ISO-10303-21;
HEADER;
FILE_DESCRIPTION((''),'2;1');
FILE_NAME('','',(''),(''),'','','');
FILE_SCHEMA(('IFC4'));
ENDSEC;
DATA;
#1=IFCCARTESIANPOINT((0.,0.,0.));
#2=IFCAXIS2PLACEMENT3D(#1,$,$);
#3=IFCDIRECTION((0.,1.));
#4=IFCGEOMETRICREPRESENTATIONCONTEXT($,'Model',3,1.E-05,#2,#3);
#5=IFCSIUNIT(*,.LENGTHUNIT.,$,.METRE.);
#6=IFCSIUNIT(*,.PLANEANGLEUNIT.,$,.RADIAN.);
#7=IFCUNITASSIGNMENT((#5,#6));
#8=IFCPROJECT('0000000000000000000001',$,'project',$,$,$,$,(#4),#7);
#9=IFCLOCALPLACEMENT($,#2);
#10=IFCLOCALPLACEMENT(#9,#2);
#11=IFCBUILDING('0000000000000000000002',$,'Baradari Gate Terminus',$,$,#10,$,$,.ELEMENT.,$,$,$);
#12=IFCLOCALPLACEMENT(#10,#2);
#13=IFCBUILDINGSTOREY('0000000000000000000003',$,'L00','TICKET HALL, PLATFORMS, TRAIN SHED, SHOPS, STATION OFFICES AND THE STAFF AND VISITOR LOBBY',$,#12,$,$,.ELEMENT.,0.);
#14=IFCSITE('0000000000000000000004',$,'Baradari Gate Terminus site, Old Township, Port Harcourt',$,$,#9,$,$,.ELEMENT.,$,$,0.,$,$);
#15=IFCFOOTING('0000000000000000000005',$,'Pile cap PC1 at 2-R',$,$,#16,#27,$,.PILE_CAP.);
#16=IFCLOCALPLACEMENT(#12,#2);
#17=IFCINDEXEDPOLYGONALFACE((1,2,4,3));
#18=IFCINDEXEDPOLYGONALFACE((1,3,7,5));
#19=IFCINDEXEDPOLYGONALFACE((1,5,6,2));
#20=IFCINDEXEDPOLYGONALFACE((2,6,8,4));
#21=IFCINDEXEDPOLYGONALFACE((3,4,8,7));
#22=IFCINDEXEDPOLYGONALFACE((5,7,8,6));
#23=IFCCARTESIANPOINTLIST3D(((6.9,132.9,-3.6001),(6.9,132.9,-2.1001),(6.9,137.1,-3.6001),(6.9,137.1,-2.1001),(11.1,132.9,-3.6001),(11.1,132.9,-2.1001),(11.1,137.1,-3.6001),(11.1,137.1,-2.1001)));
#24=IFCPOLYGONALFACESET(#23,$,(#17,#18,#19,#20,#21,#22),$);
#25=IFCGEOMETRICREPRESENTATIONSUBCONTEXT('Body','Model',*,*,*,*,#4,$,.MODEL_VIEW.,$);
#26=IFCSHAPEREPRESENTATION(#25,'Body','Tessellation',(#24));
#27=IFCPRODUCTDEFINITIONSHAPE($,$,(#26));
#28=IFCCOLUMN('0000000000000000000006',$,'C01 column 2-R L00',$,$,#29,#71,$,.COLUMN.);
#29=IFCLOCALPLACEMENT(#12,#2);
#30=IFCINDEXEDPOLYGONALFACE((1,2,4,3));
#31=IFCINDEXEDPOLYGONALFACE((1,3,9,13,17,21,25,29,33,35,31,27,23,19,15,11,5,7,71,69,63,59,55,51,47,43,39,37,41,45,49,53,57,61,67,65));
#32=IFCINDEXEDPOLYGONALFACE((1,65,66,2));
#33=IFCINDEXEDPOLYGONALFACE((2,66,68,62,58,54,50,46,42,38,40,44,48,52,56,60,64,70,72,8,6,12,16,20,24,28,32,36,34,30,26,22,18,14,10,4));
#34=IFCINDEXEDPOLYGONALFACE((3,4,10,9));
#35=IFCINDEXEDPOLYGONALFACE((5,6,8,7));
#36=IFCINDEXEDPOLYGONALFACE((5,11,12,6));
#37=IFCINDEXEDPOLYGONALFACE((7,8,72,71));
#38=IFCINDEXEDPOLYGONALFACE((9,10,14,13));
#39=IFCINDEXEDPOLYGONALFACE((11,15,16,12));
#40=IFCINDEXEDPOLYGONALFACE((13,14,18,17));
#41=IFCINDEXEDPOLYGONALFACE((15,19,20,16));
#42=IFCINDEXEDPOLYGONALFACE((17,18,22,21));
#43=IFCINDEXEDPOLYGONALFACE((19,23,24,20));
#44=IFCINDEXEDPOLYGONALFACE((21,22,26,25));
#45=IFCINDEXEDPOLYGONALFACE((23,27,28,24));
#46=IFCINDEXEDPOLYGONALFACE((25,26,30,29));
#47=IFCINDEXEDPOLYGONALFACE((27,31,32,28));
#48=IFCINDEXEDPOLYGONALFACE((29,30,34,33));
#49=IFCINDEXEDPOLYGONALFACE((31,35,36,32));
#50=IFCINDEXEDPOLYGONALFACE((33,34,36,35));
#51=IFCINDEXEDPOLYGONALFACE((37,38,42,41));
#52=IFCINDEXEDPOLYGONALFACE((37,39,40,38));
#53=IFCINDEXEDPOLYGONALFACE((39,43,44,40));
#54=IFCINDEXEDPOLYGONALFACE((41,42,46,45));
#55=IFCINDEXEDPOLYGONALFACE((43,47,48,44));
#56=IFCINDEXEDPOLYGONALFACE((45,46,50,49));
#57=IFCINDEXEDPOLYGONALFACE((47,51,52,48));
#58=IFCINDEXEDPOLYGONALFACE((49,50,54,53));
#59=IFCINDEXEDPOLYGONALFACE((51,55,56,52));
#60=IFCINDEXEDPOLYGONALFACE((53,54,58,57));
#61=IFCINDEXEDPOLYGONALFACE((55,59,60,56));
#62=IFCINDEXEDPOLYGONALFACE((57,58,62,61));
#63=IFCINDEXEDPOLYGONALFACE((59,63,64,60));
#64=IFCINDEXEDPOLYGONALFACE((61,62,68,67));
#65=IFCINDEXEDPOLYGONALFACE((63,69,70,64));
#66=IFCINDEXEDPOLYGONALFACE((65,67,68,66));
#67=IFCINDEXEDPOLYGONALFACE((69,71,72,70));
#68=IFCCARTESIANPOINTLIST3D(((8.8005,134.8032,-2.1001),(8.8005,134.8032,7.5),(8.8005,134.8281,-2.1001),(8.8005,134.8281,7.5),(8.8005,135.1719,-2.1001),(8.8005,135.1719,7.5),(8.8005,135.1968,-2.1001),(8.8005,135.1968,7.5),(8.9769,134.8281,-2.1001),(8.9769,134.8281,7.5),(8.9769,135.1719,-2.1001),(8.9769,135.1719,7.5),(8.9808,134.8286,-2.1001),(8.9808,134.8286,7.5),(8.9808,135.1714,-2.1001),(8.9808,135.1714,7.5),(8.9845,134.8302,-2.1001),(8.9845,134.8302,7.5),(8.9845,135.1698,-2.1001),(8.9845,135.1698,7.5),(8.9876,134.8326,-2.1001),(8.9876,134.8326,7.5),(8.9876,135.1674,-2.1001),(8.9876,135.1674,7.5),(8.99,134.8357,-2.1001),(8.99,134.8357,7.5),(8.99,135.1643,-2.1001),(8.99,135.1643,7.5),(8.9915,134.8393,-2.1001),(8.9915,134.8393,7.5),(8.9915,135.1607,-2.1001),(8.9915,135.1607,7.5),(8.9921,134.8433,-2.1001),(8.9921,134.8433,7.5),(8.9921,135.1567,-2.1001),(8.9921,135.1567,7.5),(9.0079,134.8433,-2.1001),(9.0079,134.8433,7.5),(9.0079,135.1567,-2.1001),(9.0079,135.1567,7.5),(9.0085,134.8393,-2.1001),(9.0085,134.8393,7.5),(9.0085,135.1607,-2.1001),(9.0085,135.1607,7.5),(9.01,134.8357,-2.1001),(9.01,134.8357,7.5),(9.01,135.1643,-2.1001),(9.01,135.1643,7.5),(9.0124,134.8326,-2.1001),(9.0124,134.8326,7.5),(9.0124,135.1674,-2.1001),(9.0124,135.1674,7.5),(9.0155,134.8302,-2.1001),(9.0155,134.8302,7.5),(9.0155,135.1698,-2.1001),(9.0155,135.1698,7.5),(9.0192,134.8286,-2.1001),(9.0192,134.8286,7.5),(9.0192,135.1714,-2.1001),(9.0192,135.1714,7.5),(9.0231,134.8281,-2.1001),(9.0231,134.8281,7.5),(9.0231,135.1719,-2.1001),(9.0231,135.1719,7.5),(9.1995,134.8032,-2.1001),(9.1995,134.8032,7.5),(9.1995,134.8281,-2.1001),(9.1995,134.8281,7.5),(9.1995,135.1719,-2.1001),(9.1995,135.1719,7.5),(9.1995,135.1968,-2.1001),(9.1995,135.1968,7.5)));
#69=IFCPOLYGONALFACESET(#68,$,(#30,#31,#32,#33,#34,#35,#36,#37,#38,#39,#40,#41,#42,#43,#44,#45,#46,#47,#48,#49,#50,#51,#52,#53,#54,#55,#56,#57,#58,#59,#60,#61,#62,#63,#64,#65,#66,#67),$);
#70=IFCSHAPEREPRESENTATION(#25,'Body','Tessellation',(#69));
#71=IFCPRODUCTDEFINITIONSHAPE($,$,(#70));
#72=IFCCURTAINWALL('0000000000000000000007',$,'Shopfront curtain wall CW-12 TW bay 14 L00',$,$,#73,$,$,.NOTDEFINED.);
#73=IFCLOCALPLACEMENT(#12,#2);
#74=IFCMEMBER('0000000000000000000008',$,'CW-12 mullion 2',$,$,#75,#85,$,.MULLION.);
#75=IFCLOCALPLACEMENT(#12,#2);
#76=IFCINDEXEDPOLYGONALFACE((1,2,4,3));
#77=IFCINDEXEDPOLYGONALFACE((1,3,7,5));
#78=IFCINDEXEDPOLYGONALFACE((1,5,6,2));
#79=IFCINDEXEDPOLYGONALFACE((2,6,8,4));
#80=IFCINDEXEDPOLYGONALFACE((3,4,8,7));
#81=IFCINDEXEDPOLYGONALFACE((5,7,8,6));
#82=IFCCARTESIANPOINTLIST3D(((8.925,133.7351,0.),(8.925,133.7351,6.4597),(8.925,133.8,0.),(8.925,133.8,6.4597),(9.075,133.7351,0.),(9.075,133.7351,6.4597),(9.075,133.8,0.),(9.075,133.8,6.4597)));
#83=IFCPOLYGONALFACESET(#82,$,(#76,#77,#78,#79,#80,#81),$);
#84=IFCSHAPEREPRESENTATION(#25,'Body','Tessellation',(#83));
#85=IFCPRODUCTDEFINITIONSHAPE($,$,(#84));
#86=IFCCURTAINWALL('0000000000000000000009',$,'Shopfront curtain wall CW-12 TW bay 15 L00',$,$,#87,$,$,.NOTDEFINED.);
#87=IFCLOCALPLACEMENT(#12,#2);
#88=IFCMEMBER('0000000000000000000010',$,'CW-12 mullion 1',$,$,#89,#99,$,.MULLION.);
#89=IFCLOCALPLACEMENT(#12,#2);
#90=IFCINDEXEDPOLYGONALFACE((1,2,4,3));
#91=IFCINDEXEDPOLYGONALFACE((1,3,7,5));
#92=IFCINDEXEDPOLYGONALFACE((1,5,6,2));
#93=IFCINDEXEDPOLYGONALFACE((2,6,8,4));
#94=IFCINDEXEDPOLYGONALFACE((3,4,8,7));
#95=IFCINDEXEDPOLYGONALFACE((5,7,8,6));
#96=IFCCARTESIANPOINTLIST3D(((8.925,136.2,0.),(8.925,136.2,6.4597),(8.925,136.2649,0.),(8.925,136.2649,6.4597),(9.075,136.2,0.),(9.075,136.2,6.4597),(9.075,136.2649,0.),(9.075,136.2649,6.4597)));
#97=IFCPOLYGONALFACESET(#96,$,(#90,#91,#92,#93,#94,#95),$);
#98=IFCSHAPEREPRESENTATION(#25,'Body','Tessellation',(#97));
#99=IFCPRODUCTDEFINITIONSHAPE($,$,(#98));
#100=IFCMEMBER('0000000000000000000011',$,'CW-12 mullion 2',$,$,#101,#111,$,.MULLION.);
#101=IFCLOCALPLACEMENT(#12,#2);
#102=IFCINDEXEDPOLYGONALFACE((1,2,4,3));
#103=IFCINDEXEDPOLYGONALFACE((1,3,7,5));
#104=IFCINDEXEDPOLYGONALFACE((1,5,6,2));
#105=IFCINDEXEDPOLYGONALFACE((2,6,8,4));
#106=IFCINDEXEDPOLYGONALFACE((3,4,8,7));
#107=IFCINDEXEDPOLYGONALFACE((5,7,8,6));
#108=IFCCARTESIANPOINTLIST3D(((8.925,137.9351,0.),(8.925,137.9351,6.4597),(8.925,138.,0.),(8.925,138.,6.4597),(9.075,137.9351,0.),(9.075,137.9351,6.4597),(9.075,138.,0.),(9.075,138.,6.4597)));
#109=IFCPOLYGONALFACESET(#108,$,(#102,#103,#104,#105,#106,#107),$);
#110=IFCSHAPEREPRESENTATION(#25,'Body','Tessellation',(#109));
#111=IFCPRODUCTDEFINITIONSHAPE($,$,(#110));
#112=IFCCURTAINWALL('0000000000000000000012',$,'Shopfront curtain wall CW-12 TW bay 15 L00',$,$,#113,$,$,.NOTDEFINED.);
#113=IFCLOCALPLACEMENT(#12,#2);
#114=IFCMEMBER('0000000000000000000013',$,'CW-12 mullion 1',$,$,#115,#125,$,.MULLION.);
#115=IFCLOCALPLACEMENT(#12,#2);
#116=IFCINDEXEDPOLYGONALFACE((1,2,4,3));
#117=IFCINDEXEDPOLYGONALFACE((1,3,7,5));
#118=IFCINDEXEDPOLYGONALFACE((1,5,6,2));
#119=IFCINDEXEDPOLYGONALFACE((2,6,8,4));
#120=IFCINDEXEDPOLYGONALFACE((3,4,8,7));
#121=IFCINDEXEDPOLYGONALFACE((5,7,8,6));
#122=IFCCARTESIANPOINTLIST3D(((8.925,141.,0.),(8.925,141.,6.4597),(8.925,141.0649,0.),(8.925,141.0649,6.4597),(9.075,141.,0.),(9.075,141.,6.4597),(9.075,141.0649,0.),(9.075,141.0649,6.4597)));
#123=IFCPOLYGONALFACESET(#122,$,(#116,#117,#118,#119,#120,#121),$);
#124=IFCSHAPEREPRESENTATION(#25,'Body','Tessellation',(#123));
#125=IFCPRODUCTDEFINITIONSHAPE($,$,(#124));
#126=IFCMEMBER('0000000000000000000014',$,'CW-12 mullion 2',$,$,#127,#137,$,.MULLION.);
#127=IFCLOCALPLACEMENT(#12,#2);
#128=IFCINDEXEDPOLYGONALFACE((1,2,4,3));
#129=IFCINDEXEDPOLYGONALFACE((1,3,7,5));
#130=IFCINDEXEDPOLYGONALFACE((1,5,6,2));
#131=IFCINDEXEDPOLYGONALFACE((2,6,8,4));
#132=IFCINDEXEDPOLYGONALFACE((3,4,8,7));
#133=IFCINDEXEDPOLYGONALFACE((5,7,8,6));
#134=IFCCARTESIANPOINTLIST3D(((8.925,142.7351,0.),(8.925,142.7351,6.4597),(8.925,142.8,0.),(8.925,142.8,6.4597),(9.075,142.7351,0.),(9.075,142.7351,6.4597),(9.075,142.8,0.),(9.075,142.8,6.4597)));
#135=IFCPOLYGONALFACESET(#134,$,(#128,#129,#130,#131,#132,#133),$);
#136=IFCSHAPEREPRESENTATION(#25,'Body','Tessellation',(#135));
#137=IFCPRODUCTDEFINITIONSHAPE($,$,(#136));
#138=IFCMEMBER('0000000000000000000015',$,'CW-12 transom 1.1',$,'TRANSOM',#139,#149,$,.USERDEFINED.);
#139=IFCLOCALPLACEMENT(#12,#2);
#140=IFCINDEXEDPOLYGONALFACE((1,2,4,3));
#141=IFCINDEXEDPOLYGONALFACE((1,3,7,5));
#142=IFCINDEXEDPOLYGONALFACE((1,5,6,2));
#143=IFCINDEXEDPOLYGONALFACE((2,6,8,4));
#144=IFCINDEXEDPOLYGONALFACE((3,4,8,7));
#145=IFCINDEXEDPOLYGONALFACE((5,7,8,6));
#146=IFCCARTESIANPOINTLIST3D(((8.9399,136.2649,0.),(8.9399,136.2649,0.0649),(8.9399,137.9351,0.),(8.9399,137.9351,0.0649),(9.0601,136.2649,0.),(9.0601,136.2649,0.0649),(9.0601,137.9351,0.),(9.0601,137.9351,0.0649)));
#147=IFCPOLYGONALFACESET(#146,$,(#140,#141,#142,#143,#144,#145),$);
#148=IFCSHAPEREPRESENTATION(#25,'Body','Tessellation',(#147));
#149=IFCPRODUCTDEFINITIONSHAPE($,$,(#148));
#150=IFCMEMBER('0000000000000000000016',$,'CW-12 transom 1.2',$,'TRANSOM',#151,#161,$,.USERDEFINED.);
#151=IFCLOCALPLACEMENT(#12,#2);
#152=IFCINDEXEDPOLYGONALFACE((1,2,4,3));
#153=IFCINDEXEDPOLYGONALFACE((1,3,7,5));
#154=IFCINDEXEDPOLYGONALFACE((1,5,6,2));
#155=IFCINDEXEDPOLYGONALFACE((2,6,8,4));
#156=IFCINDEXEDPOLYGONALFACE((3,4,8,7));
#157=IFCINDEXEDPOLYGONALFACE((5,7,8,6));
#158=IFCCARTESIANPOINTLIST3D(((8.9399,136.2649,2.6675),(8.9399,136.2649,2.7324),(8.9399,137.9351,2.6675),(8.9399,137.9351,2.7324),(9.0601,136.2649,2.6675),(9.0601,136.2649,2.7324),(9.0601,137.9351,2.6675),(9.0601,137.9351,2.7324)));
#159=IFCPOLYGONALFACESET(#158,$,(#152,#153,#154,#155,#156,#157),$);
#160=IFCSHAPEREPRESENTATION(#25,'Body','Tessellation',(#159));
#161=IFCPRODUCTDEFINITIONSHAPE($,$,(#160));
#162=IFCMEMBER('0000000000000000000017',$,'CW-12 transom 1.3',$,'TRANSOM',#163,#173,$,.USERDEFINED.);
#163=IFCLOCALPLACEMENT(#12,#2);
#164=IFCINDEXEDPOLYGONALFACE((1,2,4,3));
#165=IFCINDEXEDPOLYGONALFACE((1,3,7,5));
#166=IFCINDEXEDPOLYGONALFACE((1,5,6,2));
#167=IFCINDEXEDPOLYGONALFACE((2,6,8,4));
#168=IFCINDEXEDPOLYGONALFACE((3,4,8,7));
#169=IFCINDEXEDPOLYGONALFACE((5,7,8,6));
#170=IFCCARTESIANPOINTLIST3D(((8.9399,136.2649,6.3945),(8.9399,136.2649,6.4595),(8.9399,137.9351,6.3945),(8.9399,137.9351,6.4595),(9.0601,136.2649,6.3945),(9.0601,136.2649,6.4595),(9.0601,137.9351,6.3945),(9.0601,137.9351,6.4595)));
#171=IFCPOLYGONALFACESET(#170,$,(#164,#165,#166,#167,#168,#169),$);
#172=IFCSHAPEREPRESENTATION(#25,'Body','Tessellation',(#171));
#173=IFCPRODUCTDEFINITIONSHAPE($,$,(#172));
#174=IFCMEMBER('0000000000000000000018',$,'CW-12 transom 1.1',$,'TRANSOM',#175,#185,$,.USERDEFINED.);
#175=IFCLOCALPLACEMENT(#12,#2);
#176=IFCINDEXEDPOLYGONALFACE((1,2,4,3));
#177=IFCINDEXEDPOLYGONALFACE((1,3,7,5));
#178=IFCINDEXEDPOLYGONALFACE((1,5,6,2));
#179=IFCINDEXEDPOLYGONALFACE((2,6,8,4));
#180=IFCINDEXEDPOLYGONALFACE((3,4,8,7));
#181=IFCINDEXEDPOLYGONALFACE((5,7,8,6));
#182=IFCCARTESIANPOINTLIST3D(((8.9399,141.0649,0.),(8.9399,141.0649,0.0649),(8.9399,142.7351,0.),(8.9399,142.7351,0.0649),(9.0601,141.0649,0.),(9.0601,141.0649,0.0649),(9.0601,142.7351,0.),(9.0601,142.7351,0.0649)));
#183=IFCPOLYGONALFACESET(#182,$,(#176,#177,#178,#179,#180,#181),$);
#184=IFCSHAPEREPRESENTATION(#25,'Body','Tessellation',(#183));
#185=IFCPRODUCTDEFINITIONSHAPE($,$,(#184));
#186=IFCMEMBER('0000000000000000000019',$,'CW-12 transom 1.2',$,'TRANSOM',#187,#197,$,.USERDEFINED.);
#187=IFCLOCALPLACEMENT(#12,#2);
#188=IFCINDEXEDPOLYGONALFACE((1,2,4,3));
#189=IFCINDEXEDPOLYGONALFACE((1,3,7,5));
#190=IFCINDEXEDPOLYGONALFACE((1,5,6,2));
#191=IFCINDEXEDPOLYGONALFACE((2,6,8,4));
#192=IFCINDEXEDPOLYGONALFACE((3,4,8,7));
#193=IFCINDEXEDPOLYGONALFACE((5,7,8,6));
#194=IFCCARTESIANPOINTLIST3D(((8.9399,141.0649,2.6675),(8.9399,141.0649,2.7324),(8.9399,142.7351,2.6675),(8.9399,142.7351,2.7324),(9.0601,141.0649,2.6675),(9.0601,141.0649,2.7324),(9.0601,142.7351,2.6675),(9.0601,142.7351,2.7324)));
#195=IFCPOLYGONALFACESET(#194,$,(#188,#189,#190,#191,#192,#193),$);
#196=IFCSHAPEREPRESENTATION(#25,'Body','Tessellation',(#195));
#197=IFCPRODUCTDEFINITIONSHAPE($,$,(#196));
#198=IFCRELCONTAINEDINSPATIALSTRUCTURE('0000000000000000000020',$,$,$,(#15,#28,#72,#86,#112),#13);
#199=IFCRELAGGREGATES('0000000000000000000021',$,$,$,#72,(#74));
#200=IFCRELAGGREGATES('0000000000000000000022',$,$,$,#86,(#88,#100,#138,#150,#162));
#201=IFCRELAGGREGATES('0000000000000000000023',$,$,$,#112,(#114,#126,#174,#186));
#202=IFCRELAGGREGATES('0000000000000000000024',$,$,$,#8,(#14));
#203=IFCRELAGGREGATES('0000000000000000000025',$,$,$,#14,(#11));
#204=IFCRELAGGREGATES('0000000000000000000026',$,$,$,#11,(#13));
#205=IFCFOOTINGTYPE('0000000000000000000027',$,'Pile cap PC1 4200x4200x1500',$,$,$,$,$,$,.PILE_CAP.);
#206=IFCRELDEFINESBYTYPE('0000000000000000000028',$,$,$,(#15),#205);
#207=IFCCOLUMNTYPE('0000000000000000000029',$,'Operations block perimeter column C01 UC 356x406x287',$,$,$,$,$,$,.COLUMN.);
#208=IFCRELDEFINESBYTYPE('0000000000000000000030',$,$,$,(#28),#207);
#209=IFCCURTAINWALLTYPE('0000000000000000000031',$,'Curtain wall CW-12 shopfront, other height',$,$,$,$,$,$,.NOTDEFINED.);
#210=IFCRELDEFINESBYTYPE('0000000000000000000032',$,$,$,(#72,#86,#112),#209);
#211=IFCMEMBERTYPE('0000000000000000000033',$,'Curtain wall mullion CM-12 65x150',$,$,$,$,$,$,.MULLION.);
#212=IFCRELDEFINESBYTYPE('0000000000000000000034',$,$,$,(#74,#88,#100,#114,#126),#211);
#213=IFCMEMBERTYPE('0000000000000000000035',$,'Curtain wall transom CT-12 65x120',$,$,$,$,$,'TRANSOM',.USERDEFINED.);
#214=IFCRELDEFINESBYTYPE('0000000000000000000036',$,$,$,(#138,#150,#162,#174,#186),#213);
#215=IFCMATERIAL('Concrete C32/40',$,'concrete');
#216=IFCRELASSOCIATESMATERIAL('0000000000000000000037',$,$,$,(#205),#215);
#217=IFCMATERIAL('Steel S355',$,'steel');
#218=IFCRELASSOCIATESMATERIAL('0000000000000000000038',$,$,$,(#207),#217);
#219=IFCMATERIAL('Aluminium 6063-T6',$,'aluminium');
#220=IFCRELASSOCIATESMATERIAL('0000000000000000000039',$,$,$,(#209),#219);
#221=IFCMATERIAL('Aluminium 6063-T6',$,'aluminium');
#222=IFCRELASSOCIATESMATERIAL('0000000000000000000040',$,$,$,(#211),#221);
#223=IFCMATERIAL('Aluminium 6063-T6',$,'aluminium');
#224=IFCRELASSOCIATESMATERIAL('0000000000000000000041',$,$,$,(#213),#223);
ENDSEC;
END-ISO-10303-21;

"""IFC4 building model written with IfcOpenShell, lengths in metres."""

from ifc_helpers import new_model, si_unit, direction, frame, origin, origin_2d, place, context, subcontext, project, spatial, rectangle, i_section, extrude, material, material_profile, profile_set, type_object, element, aggregate, save


model = new_model("IFC4")

# Units and contexts
model_context = context("Model", 3, precision=1e-05, world=origin(), true_north=direction((0.0, 1.0)))
body_context = subcontext(model_context, "Body", "Model", "MODEL_VIEW")
ifc_project = project(units=[si_unit("LENGTHUNIT", "METRE"), si_unit("PLANEANGLEUNIT", "RADIAN")], contexts=[model_context])

# Site, building, storey
site_placement = place(None, origin())
site = spatial("IfcSite", under=ifc_project, at=site_placement, Name="Baradari Gate Terminus site, Old Township, Port Harcourt", CompositionType="ELEMENT", RefElevation=0.0)
building_placement = place(site_placement, origin())
building = spatial("IfcBuilding", under=site, at=building_placement, Name="Baradari Gate Terminus", CompositionType="ELEMENT")
storey_placement = place(building_placement, origin())
storey = spatial("IfcBuildingStorey", under=building, at=storey_placement, Name="L00", Description="TICKET HALL, PLATFORMS, TRAIN SHED, SHOPS, STATION OFFICES AND THE STAFF AND VISITOR LOBBY", CompositionType="ELEMENT", Elevation=0.0)

# Footing
ifc_material_1 = material(Name="Concrete C32/40", Category="concrete")
footing_type_1 = type_object("IfcFootingType", Name="Pile cap PC1 4200x4200x1500", PredefinedType="PILE_CAP", material=ifc_material_1)
footing_1_placement = place(storey_placement, frame((9.0, 135.0, -3.6001), z_axis=(0.0, 0.0, 1.0), x_axis=(1.0, 0.0, 0.0)))
element("IfcFooting", 1, at=footing_1_placement, inside=storey, type_object=footing_type_1, Name="Pile cap PC1 at 2-R", PredefinedType="PILE_CAP", context=body_context, shape_type="SweptSolid", body=[
    extrude(rectangle(XDim=4.2, YDim=4.2, at=origin_2d()), origin(), (0.0, 0.0, 1.0), 1.5),
])

# Column
ifc_material_2 = material(Name="Steel S355", Category="steel")
ifc_material_profile_1 = material_profile(ifc_material_2, i_section(OverallWidth=0.3989, OverallDepth=0.3936, WebThickness=0.0159, FlangeThickness=0.0249, FilletRadius=0.0151, at=origin_2d()), Name="UC 356x406x287")
ifc_profile_set_1 = profile_set([ifc_material_profile_1], Name="Steel S355")
column_type = type_object("IfcColumnType", Name="Operations block perimeter column C01 UC 356x406x287", PredefinedType="COLUMN", material=ifc_profile_set_1)
column_placement = place(storey_placement, frame((9.0, 135.0, -2.1001), z_axis=(0.0, 0.0, 1.0), x_axis=(1.0, 0.0, 0.0)))
element("IfcColumn", 2, at=column_placement, inside=storey, type_object=column_type, Name="C01 column 2-R L00", PredefinedType="COLUMN", context=body_context, shape_type="SweptSolid", body=[
    extrude(i_section(OverallWidth=0.3989, OverallDepth=0.3936, WebThickness=0.0159, FlangeThickness=0.0249, FilletRadius=0.0151, at=origin_2d()), origin(), (0.0, 0.0, 1.0), 9.6001),
])

# Curtain wall, member
ifc_material_3 = material(Name="Aluminium 6063-T6", Category="aluminium")
curtain_wall_type = type_object("IfcCurtainWallType", Name="Curtain wall CW-12 shopfront, other height", PredefinedType="NOTDEFINED", material=ifc_material_3)
curtain_wall_1_placement = place(storey_placement, origin())
curtain_wall_1 = element("IfcCurtainWall", 3, at=curtain_wall_1_placement, inside=storey, type_object=curtain_wall_type, Name="Shopfront curtain wall CW-12 TW bay 14 L00", PredefinedType="NOTDEFINED")
ifc_material_4 = material(Name="Aluminium 6063-T6", Category="aluminium")
ifc_material_profile_2 = material_profile(ifc_material_4, rectangle(XDim=0.1499, YDim=0.0649, at=origin_2d()), Name="CM-12 65X150")
ifc_profile_set_2 = profile_set([ifc_material_profile_2], Name="Aluminium 6063-T6")
member_type_1 = type_object("IfcMemberType", Name="Curtain wall mullion CM-12 65x150", PredefinedType="MULLION", material=ifc_profile_set_2)
member_1_placement = place(storey_placement, frame((9.0, 133.7676, 0.0), z_axis=(0.0, 0.0, 1.0), x_axis=(-1.0, 0.0, 0.0)))
member_1 = element("IfcMember", 4, at=member_1_placement, type_object=member_type_1, Name="CW-12 mullion 2", PredefinedType="MULLION", context=body_context, shape_type="SweptSolid", body=[
    extrude(rectangle(XDim=0.1499, YDim=0.0649, at=origin_2d()), origin(), (0.0, 0.0, 1.0), 6.4597),
])
aggregate(curtain_wall_1, [member_1])

# Curtain walls, members
curtain_wall_2_placement = place(storey_placement, origin())
curtain_wall_2 = element("IfcCurtainWall", 5, at=curtain_wall_2_placement, inside=storey, type_object=curtain_wall_type, Name="Shopfront curtain wall CW-12 TW bay 15 L00", PredefinedType="NOTDEFINED")
member_2_placement = place(storey_placement, frame((9.0, 136.2324, 0.0), z_axis=(0.0, 0.0, 1.0), x_axis=(-1.0, 0.0, 0.0)))
member_2 = element("IfcMember", 6, at=member_2_placement, type_object=member_type_1, Name="CW-12 mullion 1", PredefinedType="MULLION", context=body_context, shape_type="SweptSolid", body=[
    extrude(rectangle(XDim=0.1499, YDim=0.0649, at=origin_2d()), origin(), (0.0, 0.0, 1.0), 6.4597),
])
member_3_placement = place(storey_placement, frame((9.0, 137.9675, 0.0), z_axis=(0.0, 0.0, 1.0), x_axis=(-1.0, 0.0, 0.0)))
member_3 = element("IfcMember", 7, at=member_3_placement, type_object=member_type_1, Name="CW-12 mullion 2", PredefinedType="MULLION", context=body_context, shape_type="SweptSolid", body=[
    extrude(rectangle(XDim=0.1499, YDim=0.0649, at=origin_2d()), origin(), (0.0, 0.0, 1.0), 6.4597),
])
curtain_wall_3_placement = place(storey_placement, origin())
curtain_wall_3 = element("IfcCurtainWall", 8, at=curtain_wall_3_placement, inside=storey, type_object=curtain_wall_type, Name="Shopfront curtain wall CW-12 TW bay 15 L00", PredefinedType="NOTDEFINED")
member_4_placement = place(storey_placement, frame((9.0, 141.0325, 0.0), z_axis=(0.0, 0.0, 1.0), x_axis=(-1.0, 0.0, 0.0)))
member_4 = element("IfcMember", 9, at=member_4_placement, type_object=member_type_1, Name="CW-12 mullion 1", PredefinedType="MULLION", context=body_context, shape_type="SweptSolid", body=[
    extrude(rectangle(XDim=0.1499, YDim=0.0649, at=origin_2d()), origin(), (0.0, 0.0, 1.0), 6.4597),
])
member_5_placement = place(storey_placement, frame((9.0, 142.7676, 0.0), z_axis=(0.0, 0.0, 1.0), x_axis=(-1.0, 0.0, 0.0)))
member_5 = element("IfcMember", 10, at=member_5_placement, type_object=member_type_1, Name="CW-12 mullion 2", PredefinedType="MULLION", context=body_context, shape_type="SweptSolid", body=[
    extrude(rectangle(XDim=0.1499, YDim=0.0649, at=origin_2d()), origin(), (0.0, 0.0, 1.0), 6.4597),
])

# Members
ifc_material_5 = material(Name="Aluminium 6063-T6", Category="aluminium")
ifc_material_profile_3 = material_profile(ifc_material_5, rectangle(XDim=0.1201, YDim=0.0649, at=origin_2d()), Name="CT-12 65X120")
ifc_profile_set_3 = profile_set([ifc_material_profile_3], Name="Aluminium 6063-T6")
member_type_2 = type_object("IfcMemberType", Name="Curtain wall transom CT-12 65x120", ElementType="TRANSOM", PredefinedType="USERDEFINED", material=ifc_profile_set_3)
member_6_placement = place(storey_placement, frame((9.0, 136.2649, 0.0325), z_axis=(0.0, 1.0, 0.0), x_axis=(-1.0, 0.0, 0.0)))
member_6 = element("IfcMember", 11, at=member_6_placement, type_object=member_type_2, Name="CW-12 transom 1.1", ObjectType="TRANSOM", PredefinedType="USERDEFINED", context=body_context, shape_type="SweptSolid", body=[
    extrude(rectangle(XDim=0.1201, YDim=0.0649, at=origin_2d()), origin(), (0.0, 0.0, 1.0), 1.6702),
])
member_7_placement = place(storey_placement, frame((9.0, 136.2649, 2.7), z_axis=(0.0, 1.0, 0.0), x_axis=(-1.0, 0.0, 0.0)))
member_7 = element("IfcMember", 12, at=member_7_placement, type_object=member_type_2, Name="CW-12 transom 1.2", ObjectType="TRANSOM", PredefinedType="USERDEFINED", context=body_context, shape_type="SweptSolid", body=[
    extrude(rectangle(XDim=0.1201, YDim=0.0649, at=origin_2d()), origin(), (0.0, 0.0, 1.0), 1.6702),
])
member_8_placement = place(storey_placement, frame((9.0, 136.2649, 6.427), z_axis=(0.0, 1.0, 0.0), x_axis=(-1.0, 0.0, 0.0)))
member_8 = element("IfcMember", 13, at=member_8_placement, type_object=member_type_2, Name="CW-12 transom 1.3", ObjectType="TRANSOM", PredefinedType="USERDEFINED", context=body_context, shape_type="SweptSolid", body=[
    extrude(rectangle(XDim=0.1201, YDim=0.0649, at=origin_2d()), origin(), (0.0, 0.0, 1.0), 1.6702),
])
member_9_placement = place(storey_placement, frame((9.0, 141.0649, 0.0325), z_axis=(0.0, 1.0, 0.0), x_axis=(-1.0, 0.0, 0.0)))
member_9 = element("IfcMember", 14, at=member_9_placement, type_object=member_type_2, Name="CW-12 transom 1.1", ObjectType="TRANSOM", PredefinedType="USERDEFINED", context=body_context, shape_type="SweptSolid", body=[
    extrude(rectangle(XDim=0.1201, YDim=0.0649, at=origin_2d()), origin(), (0.0, 0.0, 1.0), 1.6702),
])
member_10_placement = place(storey_placement, frame((9.0, 141.0649, 2.7), z_axis=(0.0, 1.0, 0.0), x_axis=(-1.0, 0.0, 0.0)))
member_10 = element("IfcMember", 15, at=member_10_placement, type_object=member_type_2, Name="CW-12 transom 1.2", ObjectType="TRANSOM", PredefinedType="USERDEFINED", context=body_context, shape_type="SweptSolid", body=[
    extrude(rectangle(XDim=0.1201, YDim=0.0649, at=origin_2d()), origin(), (0.0, 0.0, 1.0), 1.6702),
])

aggregate(curtain_wall_2, [member_2, member_3, member_6, member_7, member_8])
aggregate(curtain_wall_3, [member_4, member_5, member_9, member_10])

save(model, "model.ifc")
